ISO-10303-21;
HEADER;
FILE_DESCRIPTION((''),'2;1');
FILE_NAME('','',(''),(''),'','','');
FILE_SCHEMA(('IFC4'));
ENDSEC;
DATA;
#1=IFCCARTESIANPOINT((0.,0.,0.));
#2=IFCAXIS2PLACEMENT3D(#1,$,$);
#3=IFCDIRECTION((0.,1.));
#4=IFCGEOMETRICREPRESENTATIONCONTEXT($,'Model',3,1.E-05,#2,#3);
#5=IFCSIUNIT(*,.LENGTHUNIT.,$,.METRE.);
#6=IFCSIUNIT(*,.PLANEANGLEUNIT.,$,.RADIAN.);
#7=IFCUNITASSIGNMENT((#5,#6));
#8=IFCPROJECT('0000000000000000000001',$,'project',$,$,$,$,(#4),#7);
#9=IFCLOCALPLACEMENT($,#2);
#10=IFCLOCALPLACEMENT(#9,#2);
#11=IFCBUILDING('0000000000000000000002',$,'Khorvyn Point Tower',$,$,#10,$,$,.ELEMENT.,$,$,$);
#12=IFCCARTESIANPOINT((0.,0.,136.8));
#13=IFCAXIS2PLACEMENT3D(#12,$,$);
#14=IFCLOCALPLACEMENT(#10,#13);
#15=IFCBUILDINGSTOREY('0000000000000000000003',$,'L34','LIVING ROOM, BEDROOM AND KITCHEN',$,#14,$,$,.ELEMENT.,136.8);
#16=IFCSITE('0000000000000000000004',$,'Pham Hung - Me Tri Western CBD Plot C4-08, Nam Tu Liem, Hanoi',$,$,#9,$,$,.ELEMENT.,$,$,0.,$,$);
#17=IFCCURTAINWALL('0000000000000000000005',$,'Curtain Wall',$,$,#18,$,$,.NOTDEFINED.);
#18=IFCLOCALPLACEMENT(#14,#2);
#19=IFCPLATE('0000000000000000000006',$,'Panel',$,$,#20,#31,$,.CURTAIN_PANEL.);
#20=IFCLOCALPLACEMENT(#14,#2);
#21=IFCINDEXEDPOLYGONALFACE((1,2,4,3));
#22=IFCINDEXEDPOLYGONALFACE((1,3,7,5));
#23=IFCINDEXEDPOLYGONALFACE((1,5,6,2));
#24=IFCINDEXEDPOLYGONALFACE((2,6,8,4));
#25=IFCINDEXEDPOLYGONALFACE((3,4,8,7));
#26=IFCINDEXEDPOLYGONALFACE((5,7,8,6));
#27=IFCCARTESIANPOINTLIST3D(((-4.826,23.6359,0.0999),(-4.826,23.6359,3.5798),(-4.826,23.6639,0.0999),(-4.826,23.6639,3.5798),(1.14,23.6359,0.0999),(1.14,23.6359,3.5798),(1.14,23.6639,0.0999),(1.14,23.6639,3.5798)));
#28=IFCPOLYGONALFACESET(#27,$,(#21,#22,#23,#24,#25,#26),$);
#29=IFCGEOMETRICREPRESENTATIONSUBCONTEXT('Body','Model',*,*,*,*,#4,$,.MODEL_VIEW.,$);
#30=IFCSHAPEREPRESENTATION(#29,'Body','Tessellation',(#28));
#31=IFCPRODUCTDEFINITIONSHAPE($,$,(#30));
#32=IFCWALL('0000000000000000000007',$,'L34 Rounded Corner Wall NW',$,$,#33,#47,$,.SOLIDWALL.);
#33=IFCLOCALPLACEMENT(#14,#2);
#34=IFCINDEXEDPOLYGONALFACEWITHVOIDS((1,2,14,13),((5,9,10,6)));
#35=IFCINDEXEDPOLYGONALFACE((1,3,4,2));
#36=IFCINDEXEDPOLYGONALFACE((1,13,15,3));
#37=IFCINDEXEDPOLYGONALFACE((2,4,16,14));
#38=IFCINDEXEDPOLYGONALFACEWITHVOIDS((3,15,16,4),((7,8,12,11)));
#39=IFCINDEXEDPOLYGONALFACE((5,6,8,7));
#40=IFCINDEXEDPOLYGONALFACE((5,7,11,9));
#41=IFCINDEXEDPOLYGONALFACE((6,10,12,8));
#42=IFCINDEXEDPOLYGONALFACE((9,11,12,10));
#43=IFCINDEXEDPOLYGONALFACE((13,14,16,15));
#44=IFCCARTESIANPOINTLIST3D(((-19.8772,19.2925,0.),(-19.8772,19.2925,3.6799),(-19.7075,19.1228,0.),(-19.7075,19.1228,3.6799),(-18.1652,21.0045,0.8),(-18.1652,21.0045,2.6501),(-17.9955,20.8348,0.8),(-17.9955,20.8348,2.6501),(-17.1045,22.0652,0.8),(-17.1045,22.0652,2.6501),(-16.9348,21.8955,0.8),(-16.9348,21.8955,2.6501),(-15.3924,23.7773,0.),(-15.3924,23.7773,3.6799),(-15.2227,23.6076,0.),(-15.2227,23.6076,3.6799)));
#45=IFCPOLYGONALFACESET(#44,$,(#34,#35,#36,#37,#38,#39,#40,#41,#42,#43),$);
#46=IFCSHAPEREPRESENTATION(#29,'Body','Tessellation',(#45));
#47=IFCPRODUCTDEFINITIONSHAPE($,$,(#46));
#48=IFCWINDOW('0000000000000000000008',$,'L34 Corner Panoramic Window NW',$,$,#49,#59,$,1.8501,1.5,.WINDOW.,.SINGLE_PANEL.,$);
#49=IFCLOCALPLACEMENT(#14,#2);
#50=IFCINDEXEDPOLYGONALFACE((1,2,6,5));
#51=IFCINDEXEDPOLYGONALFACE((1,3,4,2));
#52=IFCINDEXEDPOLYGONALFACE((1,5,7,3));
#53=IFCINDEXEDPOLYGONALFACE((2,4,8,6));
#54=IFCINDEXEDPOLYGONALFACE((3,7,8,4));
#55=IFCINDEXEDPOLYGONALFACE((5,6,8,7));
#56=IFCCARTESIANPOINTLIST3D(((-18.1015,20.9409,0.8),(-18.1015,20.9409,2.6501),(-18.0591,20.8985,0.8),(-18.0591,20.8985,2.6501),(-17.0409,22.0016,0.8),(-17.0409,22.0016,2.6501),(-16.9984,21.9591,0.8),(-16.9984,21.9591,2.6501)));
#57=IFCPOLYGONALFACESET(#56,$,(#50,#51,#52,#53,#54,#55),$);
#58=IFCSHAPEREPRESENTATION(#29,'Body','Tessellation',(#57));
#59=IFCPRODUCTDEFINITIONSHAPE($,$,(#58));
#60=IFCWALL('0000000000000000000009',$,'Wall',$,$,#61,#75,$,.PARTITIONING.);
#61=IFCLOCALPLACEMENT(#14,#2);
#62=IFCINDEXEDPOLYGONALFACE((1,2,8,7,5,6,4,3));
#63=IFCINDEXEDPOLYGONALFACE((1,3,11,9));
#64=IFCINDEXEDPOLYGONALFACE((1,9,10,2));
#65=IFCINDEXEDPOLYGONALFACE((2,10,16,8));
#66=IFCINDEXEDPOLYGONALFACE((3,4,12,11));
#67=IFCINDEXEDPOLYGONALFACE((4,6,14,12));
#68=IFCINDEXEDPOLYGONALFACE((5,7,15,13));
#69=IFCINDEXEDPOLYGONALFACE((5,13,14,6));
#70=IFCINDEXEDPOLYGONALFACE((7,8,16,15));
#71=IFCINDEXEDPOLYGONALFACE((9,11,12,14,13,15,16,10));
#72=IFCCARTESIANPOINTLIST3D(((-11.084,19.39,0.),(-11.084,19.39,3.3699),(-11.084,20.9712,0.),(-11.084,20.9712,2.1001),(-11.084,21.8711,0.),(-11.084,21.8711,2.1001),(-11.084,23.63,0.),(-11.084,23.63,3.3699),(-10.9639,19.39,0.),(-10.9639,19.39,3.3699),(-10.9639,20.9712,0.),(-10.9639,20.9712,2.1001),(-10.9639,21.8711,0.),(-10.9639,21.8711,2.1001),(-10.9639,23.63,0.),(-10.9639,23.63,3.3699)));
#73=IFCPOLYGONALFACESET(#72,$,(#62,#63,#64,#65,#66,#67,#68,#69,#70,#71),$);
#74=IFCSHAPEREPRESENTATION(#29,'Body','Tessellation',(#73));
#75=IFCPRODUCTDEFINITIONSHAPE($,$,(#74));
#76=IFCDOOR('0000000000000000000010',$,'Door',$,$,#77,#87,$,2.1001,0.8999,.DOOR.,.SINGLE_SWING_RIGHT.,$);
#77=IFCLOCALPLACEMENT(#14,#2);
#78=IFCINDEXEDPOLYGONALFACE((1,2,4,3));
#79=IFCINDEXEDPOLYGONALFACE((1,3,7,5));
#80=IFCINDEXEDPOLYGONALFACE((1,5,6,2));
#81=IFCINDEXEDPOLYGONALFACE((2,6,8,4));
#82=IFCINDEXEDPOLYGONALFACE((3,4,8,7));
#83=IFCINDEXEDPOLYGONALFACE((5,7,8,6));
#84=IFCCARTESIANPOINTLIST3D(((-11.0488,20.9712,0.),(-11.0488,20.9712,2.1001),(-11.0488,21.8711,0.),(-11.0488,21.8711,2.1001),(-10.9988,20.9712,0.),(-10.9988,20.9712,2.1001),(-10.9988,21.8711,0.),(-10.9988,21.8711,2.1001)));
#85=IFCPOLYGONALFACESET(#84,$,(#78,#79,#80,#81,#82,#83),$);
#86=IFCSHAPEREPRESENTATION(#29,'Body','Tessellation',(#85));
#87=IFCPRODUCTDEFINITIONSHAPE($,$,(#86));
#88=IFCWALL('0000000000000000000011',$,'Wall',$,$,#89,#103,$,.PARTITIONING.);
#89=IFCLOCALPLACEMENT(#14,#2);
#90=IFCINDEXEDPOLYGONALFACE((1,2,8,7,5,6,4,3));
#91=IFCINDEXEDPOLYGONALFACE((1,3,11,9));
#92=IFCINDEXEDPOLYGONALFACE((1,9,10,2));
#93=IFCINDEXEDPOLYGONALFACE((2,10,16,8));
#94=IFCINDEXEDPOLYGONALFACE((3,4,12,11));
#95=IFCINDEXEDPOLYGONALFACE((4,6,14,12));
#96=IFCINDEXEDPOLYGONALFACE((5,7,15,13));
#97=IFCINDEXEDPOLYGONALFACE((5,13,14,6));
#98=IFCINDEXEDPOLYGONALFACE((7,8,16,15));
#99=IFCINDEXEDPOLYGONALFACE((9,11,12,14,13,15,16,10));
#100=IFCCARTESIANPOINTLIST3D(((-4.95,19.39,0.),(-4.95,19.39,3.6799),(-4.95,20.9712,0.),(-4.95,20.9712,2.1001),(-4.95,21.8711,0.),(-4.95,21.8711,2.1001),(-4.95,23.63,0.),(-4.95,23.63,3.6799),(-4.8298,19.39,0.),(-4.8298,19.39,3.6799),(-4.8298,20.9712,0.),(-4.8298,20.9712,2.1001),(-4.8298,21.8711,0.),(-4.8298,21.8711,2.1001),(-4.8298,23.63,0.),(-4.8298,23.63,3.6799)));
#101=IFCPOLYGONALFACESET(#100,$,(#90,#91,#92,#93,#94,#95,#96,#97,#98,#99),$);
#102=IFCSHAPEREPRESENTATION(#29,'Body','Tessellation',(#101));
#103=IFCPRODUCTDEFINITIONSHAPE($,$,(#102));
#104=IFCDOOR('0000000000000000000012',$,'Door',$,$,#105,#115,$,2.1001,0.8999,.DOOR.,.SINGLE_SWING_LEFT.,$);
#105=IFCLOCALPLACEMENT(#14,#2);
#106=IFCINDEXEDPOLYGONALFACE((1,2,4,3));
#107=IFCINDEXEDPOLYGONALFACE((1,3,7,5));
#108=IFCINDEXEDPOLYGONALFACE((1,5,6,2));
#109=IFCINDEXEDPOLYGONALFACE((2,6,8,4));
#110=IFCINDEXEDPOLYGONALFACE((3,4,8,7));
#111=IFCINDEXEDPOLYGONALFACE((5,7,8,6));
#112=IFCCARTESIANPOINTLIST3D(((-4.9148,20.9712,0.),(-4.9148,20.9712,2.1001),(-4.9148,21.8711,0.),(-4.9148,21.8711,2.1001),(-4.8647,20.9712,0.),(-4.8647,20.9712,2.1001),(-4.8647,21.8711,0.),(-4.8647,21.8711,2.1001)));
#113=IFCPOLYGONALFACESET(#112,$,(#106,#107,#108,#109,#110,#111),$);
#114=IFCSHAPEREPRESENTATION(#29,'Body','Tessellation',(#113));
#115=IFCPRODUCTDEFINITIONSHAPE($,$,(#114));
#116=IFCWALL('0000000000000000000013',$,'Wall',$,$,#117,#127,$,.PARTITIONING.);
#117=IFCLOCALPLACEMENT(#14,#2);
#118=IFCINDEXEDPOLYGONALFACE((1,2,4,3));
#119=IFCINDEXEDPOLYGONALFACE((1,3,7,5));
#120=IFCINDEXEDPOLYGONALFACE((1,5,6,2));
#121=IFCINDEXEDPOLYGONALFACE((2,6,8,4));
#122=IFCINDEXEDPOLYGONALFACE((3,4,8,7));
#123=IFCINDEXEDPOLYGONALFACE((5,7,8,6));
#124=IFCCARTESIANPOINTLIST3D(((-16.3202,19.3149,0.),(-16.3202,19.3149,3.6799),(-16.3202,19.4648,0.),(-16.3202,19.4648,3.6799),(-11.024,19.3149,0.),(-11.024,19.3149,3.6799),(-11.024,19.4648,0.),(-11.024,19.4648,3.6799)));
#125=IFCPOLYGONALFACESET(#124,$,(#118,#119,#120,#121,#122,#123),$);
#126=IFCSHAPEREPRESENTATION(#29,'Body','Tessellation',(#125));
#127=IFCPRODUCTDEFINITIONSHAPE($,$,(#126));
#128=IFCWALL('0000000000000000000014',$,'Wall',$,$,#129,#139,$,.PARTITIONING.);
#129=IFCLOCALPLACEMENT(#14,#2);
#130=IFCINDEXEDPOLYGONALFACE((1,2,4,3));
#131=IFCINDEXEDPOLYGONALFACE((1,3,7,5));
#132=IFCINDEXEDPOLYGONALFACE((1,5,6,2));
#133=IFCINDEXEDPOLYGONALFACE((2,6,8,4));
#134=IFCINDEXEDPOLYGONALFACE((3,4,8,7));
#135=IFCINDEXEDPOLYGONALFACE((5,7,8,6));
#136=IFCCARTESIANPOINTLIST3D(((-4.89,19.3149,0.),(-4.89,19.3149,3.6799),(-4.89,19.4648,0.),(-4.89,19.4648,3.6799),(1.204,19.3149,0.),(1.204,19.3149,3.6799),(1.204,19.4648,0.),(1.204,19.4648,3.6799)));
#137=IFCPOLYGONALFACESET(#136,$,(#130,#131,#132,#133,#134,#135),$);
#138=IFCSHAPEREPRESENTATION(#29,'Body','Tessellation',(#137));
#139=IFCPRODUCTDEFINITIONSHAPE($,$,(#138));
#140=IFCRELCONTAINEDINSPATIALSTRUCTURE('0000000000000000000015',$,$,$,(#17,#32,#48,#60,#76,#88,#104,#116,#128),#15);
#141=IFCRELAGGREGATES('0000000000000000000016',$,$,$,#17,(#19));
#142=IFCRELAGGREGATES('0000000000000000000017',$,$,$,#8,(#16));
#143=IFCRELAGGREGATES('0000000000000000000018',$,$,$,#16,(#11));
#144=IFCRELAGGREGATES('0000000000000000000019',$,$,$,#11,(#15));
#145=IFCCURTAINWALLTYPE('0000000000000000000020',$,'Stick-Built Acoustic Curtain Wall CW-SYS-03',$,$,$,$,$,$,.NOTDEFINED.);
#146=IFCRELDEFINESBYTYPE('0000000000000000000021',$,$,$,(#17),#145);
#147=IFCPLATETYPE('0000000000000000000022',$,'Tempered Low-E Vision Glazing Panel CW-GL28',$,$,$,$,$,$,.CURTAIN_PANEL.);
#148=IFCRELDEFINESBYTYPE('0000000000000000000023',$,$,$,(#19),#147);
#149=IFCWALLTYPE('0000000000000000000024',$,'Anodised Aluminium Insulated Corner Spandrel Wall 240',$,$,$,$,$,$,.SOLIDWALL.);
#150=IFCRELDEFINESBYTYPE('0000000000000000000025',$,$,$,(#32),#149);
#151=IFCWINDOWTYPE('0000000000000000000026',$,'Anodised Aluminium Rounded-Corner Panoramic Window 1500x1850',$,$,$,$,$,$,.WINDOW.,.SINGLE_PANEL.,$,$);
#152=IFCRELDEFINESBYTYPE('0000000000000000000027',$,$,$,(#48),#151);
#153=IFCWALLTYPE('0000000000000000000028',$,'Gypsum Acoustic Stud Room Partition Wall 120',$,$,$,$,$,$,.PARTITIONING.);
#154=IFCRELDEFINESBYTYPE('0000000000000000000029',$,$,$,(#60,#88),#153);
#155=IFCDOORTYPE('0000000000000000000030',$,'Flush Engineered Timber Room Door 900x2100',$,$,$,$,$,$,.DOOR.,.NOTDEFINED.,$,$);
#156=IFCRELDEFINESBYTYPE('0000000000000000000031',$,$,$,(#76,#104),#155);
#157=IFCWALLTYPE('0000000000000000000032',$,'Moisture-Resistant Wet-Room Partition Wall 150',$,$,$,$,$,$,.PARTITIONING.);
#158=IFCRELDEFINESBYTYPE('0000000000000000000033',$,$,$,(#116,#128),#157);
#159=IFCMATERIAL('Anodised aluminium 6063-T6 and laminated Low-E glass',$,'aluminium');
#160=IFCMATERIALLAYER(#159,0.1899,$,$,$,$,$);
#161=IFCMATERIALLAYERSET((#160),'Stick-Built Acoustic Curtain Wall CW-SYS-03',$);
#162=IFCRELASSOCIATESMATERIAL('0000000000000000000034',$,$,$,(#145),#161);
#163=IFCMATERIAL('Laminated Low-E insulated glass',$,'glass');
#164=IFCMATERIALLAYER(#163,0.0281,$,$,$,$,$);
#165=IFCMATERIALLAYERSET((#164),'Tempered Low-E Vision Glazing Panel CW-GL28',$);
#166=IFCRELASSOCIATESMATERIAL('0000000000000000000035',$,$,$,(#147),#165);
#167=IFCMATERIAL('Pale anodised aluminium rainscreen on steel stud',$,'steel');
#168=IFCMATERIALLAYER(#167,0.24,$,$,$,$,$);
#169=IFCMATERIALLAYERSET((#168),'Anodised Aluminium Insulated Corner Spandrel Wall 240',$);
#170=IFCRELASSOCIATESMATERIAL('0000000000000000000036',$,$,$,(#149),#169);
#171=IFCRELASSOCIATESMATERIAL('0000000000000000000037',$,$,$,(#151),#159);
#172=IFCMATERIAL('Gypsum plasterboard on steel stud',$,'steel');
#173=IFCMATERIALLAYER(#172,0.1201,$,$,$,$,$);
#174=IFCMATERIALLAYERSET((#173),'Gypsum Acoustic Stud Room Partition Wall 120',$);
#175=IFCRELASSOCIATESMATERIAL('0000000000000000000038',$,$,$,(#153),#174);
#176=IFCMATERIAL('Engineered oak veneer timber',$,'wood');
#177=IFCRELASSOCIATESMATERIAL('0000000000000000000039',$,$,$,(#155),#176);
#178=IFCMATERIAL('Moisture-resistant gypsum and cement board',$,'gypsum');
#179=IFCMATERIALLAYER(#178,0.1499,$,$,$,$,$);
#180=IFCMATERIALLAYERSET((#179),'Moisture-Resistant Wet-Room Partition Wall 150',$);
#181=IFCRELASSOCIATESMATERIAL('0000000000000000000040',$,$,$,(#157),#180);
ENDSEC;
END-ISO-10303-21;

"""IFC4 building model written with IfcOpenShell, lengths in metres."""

from ifc_helpers import new_model, si_unit, direction, frame, frame_2d, origin, origin_2d, place, context, subcontext, project, spatial, rectangle, extrude, material, layer, layer_set, type_object, element, fill, aggregate, save


model = new_model("IFC4")

# Units and contexts
model_context = context("Model", 3, precision=1e-05, world=origin(), true_north=direction((0.0, 1.0)))
body_context = subcontext(model_context, "Body", "Model", "MODEL_VIEW")
ifc_project = project(units=[si_unit("LENGTHUNIT", "METRE"), si_unit("PLANEANGLEUNIT", "RADIAN")], contexts=[model_context])

# Site, building, storey
site_placement = place(None, origin())
site = spatial("IfcSite", under=ifc_project, at=site_placement, Name="Pham Hung - Me Tri Western CBD Plot C4-08, Nam Tu Liem, Hanoi", CompositionType="ELEMENT", RefElevation=0.0)
building_placement = place(site_placement, origin())
building = spatial("IfcBuilding", under=site, at=building_placement, Name="Khorvyn Point Tower", CompositionType="ELEMENT")
storey_placement = place(building_placement, frame((0.0, 0.0, 136.8)))
storey = spatial("IfcBuildingStorey", under=building, at=storey_placement, Name="L34", Description="LIVING ROOM, BEDROOM AND KITCHEN", CompositionType="ELEMENT", Elevation=136.8)

# Curtain wall
ifc_material_1 = material(Name="Anodised aluminium 6063-T6 and laminated Low-E glass", Category="aluminium")
ifc_layer_1 = layer(ifc_material_1, 0.1899)
ifc_layer_set_1 = layer_set([ifc_layer_1], Name="Stick-Built Acoustic Curtain Wall CW-SYS-03")
curtain_wall_type = type_object("IfcCurtainWallType", Name="Stick-Built Acoustic Curtain Wall CW-SYS-03", PredefinedType="NOTDEFINED", material=ifc_layer_set_1)
curtain_wall_placement = place(storey_placement, origin())
curtain_wall = element("IfcCurtainWall", 1, at=curtain_wall_placement, inside=storey, type_object=curtain_wall_type, Name="Curtain Wall", PredefinedType="NOTDEFINED")

# Plate
ifc_material_2 = material(Name="Laminated Low-E insulated glass", Category="glass")
ifc_layer_2 = layer(ifc_material_2, 0.0281)
ifc_layer_set_2 = layer_set([ifc_layer_2], Name="Tempered Low-E Vision Glazing Panel CW-GL28")
plate_type_1 = type_object("IfcPlateType", Name="Tempered Low-E Vision Glazing Panel CW-GL28", PredefinedType="CURTAIN_PANEL", material=ifc_layer_set_2)
plate_1_placement = place(storey_placement, frame((-1.843, 23.6499, 0.0999), z_axis=(0.0, 0.0, 1.0), x_axis=(1.0, 0.0, 0.0)))
plate_1 = element("IfcPlate", 2, at=plate_1_placement, type_object=plate_type_1, Name="Panel", PredefinedType="CURTAIN_PANEL", context=body_context, shape_type="SweptSolid", body=[
    extrude(rectangle(XDim=5.9661, YDim=0.0281, at=origin_2d()), origin(), (0.0, 0.0, 1.0), 3.48),
])
aggregate(curtain_wall, [plate_1])

# Wall, opening, window
ifc_material_3 = material(Name="Pale anodised aluminium rainscreen on steel stud", Category="steel")
ifc_layer_3 = layer(ifc_material_3, 0.24)
ifc_layer_set_3 = layer_set([ifc_layer_3], Name="Anodised Aluminium Insulated Corner Spandrel Wall 240")
wall_type_1 = type_object("IfcWallType", Name="Anodised Aluminium Insulated Corner Spandrel Wall 240", PredefinedType="SOLIDWALL", material=ifc_layer_set_3)
wall_1_placement = place(storey_placement, frame((-19.7925, 19.2075, 0.0), z_axis=(0.0, 0.0, 1.0), x_axis=(0.707107, 0.707107, 0.0)))
wall_1 = element("IfcWall", 3, at=wall_1_placement, inside=storey, type_object=wall_type_1, Name="L34 Rounded Corner Wall NW", PredefinedType="SOLIDWALL", context=body_context, shape_type="SweptSolid", body=[
    extrude(rectangle(XDim=6.3425, YDim=0.24, at=frame_2d((3.1714, 0.0))), origin(), (0.0, 0.0, 1.0), 3.6799),
])
opening_1_placement = place(wall_1_placement, frame((2.4214, 0.0, 0.8)))
opening_1 = element("IfcOpeningElement", 4, at=opening_1_placement, cuts=wall_1, PredefinedType="OPENING", context=body_context, shape_type="SweptSolid", body=[
    extrude(rectangle(XDim=1.5, YDim=1.8501, at=frame_2d((0.75, 0.925))), frame((0.0, 0.1299, 0.0), z_axis=(0.0, -1.0, 0.0), x_axis=(1.0, 0.0, 0.0)), (0.0, 0.0, 1.0), 0.26),
])
window_type = type_object("IfcWindowType", Name="Anodised Aluminium Rounded-Corner Panoramic Window 1500x1850", PartitioningType="SINGLE_PANEL", PredefinedType="WINDOW", material=ifc_material_1)
window_placement = place(opening_1_placement, origin())
window = element("IfcWindow", 5, at=window_placement, inside=storey, type_object=window_type, Name="L34 Corner Panoramic Window NW", OverallHeight=1.8501, OverallWidth=1.5, PartitioningType="SINGLE_PANEL", PredefinedType="WINDOW", context=body_context, shape_type="SweptSolid", body=[
    extrude(rectangle(XDim=1.5, YDim=1.8501, at=frame_2d((0.75, 0.925))), frame((0.0, 0.03, 0.0), z_axis=(0.0, -1.0, 0.0), x_axis=(1.0, 0.0, 0.0)), (0.0, 0.0, 1.0), 0.0601),
])
fill(opening_1, window)

# Walls, openings, doors
ifc_material_4 = material(Name="Gypsum plasterboard on steel stud", Category="steel")
ifc_layer_4 = layer(ifc_material_4, 0.1201)
ifc_layer_set_4 = layer_set([ifc_layer_4], Name="Gypsum Acoustic Stud Room Partition Wall 120")
wall_type_2 = type_object("IfcWallType", Name="Gypsum Acoustic Stud Room Partition Wall 120", PredefinedType="PARTITIONING", material=ifc_layer_set_4)
wall_2_placement = place(storey_placement, frame((-11.0239, 19.3899, 0.0), z_axis=(0.0, 0.0, 1.0), x_axis=(0.0, 1.0, 0.0)))
wall_2 = element("IfcWall", 6, at=wall_2_placement, inside=storey, type_object=wall_type_2, Name="Wall", PredefinedType="PARTITIONING", context=body_context, shape_type="SweptSolid", body=[
    extrude(rectangle(XDim=4.24, YDim=0.1201, at=frame_2d((2.1201, 0.0))), origin(), (0.0, 0.0, 1.0), 3.3699),
])
opening_2_placement = place(wall_2_placement, frame((1.5813, 0.0, 0.0)))
opening_2 = element("IfcOpeningElement", 7, at=opening_2_placement, cuts=wall_2, PredefinedType="OPENING", context=body_context, shape_type="SweptSolid", body=[
    extrude(rectangle(XDim=0.8999, YDim=2.1001, at=frame_2d((0.45, 1.05))), frame((0.0, 0.0701, 0.0), z_axis=(0.0, -1.0, 0.0), x_axis=(1.0, 0.0, 0.0)), (0.0, 0.0, 1.0), 0.1401),
])
ifc_material_5 = material(Name="Engineered oak veneer timber", Category="wood")
door_type = type_object("IfcDoorType", Name="Flush Engineered Timber Room Door 900x2100", OperationType="NOTDEFINED", PredefinedType="DOOR", material=ifc_material_5)
door_1_placement = place(opening_2_placement, origin())
door_1 = element("IfcDoor", 8, at=door_1_placement, inside=storey, type_object=door_type, Name="Door", OperationType="SINGLE_SWING_RIGHT", OverallHeight=2.1001, OverallWidth=0.8999, PredefinedType="DOOR", context=body_context, shape_type="SweptSolid", body=[
    extrude(rectangle(XDim=0.8999, YDim=2.1001, at=frame_2d((0.45, 1.05))), frame((0.0, 0.0249, 0.0), z_axis=(0.0, -1.0, 0.0), x_axis=(1.0, 0.0, 0.0)), (0.0, 0.0, 1.0), 0.05),
])
fill(opening_2, door_1)
wall_3_placement = place(storey_placement, frame((-4.8899, 19.3899, 0.0), z_axis=(0.0, 0.0, 1.0), x_axis=(0.0, 1.0, 0.0)))
wall_3 = element("IfcWall", 9, at=wall_3_placement, inside=storey, type_object=wall_type_2, Name="Wall", PredefinedType="PARTITIONING", context=body_context, shape_type="SweptSolid", body=[
    extrude(rectangle(XDim=4.24, YDim=0.1201, at=frame_2d((2.1201, 0.0))), origin(), (0.0, 0.0, 1.0), 3.6799),
])
opening_3_placement = place(wall_3_placement, frame((1.5813, 0.0, 0.0)))
opening_3 = element("IfcOpeningElement", 10, at=opening_3_placement, cuts=wall_3, PredefinedType="OPENING", context=body_context, shape_type="SweptSolid", body=[
    extrude(rectangle(XDim=0.8999, YDim=2.1001, at=frame_2d((0.45, 1.05))), frame((0.0, 0.0701, 0.0), z_axis=(0.0, -1.0, 0.0), x_axis=(1.0, 0.0, 0.0)), (0.0, 0.0, 1.0), 0.1401),
])
door_2_placement = place(opening_3_placement, origin())
door_2 = element("IfcDoor", 11, at=door_2_placement, inside=storey, type_object=door_type, Name="Door", OperationType="SINGLE_SWING_LEFT", OverallHeight=2.1001, OverallWidth=0.8999, PredefinedType="DOOR", context=body_context, shape_type="SweptSolid", body=[
    extrude(rectangle(XDim=0.8999, YDim=2.1001, at=frame_2d((0.45, 1.05))), frame((0.0, 0.0249, 0.0), z_axis=(0.0, -1.0, 0.0), x_axis=(1.0, 0.0, 0.0)), (0.0, 0.0, 1.0), 0.05),
])
fill(opening_3, door_2)

# Walls
ifc_material_6 = material(Name="Moisture-resistant gypsum and cement board", Category="gypsum")
ifc_layer_5 = layer(ifc_material_6, 0.1499)
ifc_layer_set_5 = layer_set([ifc_layer_5], Name="Moisture-Resistant Wet-Room Partition Wall 150")
wall_type_3 = type_object("IfcWallType", Name="Moisture-Resistant Wet-Room Partition Wall 150", PredefinedType="PARTITIONING", material=ifc_layer_set_5)
wall_4_placement = place(storey_placement, frame((-16.3201, 19.3899, 0.0), z_axis=(0.0, 0.0, 1.0), x_axis=(1.0, 0.0, 0.0)))
element("IfcWall", 12, at=wall_4_placement, inside=storey, type_object=wall_type_3, Name="Wall", PredefinedType="PARTITIONING", context=body_context, shape_type="SweptSolid", body=[
    extrude(rectangle(XDim=5.2961, YDim=0.1499, at=frame_2d((2.6479, 0.0))), origin(), (0.0, 0.0, 1.0), 3.6799),
])
wall_5_placement = place(storey_placement, frame((-4.8899, 19.3899, 0.0), z_axis=(0.0, 0.0, 1.0), x_axis=(1.0, 0.0, 0.0)))
element("IfcWall", 13, at=wall_5_placement, inside=storey, type_object=wall_type_3, Name="Wall", PredefinedType="PARTITIONING", context=body_context, shape_type="SweptSolid", body=[
    extrude(rectangle(XDim=6.094, YDim=0.1499, at=frame_2d((3.0469, 0.0))), origin(), (0.0, 0.0, 1.0), 3.6799),
])

save(model, "model.ifc")
